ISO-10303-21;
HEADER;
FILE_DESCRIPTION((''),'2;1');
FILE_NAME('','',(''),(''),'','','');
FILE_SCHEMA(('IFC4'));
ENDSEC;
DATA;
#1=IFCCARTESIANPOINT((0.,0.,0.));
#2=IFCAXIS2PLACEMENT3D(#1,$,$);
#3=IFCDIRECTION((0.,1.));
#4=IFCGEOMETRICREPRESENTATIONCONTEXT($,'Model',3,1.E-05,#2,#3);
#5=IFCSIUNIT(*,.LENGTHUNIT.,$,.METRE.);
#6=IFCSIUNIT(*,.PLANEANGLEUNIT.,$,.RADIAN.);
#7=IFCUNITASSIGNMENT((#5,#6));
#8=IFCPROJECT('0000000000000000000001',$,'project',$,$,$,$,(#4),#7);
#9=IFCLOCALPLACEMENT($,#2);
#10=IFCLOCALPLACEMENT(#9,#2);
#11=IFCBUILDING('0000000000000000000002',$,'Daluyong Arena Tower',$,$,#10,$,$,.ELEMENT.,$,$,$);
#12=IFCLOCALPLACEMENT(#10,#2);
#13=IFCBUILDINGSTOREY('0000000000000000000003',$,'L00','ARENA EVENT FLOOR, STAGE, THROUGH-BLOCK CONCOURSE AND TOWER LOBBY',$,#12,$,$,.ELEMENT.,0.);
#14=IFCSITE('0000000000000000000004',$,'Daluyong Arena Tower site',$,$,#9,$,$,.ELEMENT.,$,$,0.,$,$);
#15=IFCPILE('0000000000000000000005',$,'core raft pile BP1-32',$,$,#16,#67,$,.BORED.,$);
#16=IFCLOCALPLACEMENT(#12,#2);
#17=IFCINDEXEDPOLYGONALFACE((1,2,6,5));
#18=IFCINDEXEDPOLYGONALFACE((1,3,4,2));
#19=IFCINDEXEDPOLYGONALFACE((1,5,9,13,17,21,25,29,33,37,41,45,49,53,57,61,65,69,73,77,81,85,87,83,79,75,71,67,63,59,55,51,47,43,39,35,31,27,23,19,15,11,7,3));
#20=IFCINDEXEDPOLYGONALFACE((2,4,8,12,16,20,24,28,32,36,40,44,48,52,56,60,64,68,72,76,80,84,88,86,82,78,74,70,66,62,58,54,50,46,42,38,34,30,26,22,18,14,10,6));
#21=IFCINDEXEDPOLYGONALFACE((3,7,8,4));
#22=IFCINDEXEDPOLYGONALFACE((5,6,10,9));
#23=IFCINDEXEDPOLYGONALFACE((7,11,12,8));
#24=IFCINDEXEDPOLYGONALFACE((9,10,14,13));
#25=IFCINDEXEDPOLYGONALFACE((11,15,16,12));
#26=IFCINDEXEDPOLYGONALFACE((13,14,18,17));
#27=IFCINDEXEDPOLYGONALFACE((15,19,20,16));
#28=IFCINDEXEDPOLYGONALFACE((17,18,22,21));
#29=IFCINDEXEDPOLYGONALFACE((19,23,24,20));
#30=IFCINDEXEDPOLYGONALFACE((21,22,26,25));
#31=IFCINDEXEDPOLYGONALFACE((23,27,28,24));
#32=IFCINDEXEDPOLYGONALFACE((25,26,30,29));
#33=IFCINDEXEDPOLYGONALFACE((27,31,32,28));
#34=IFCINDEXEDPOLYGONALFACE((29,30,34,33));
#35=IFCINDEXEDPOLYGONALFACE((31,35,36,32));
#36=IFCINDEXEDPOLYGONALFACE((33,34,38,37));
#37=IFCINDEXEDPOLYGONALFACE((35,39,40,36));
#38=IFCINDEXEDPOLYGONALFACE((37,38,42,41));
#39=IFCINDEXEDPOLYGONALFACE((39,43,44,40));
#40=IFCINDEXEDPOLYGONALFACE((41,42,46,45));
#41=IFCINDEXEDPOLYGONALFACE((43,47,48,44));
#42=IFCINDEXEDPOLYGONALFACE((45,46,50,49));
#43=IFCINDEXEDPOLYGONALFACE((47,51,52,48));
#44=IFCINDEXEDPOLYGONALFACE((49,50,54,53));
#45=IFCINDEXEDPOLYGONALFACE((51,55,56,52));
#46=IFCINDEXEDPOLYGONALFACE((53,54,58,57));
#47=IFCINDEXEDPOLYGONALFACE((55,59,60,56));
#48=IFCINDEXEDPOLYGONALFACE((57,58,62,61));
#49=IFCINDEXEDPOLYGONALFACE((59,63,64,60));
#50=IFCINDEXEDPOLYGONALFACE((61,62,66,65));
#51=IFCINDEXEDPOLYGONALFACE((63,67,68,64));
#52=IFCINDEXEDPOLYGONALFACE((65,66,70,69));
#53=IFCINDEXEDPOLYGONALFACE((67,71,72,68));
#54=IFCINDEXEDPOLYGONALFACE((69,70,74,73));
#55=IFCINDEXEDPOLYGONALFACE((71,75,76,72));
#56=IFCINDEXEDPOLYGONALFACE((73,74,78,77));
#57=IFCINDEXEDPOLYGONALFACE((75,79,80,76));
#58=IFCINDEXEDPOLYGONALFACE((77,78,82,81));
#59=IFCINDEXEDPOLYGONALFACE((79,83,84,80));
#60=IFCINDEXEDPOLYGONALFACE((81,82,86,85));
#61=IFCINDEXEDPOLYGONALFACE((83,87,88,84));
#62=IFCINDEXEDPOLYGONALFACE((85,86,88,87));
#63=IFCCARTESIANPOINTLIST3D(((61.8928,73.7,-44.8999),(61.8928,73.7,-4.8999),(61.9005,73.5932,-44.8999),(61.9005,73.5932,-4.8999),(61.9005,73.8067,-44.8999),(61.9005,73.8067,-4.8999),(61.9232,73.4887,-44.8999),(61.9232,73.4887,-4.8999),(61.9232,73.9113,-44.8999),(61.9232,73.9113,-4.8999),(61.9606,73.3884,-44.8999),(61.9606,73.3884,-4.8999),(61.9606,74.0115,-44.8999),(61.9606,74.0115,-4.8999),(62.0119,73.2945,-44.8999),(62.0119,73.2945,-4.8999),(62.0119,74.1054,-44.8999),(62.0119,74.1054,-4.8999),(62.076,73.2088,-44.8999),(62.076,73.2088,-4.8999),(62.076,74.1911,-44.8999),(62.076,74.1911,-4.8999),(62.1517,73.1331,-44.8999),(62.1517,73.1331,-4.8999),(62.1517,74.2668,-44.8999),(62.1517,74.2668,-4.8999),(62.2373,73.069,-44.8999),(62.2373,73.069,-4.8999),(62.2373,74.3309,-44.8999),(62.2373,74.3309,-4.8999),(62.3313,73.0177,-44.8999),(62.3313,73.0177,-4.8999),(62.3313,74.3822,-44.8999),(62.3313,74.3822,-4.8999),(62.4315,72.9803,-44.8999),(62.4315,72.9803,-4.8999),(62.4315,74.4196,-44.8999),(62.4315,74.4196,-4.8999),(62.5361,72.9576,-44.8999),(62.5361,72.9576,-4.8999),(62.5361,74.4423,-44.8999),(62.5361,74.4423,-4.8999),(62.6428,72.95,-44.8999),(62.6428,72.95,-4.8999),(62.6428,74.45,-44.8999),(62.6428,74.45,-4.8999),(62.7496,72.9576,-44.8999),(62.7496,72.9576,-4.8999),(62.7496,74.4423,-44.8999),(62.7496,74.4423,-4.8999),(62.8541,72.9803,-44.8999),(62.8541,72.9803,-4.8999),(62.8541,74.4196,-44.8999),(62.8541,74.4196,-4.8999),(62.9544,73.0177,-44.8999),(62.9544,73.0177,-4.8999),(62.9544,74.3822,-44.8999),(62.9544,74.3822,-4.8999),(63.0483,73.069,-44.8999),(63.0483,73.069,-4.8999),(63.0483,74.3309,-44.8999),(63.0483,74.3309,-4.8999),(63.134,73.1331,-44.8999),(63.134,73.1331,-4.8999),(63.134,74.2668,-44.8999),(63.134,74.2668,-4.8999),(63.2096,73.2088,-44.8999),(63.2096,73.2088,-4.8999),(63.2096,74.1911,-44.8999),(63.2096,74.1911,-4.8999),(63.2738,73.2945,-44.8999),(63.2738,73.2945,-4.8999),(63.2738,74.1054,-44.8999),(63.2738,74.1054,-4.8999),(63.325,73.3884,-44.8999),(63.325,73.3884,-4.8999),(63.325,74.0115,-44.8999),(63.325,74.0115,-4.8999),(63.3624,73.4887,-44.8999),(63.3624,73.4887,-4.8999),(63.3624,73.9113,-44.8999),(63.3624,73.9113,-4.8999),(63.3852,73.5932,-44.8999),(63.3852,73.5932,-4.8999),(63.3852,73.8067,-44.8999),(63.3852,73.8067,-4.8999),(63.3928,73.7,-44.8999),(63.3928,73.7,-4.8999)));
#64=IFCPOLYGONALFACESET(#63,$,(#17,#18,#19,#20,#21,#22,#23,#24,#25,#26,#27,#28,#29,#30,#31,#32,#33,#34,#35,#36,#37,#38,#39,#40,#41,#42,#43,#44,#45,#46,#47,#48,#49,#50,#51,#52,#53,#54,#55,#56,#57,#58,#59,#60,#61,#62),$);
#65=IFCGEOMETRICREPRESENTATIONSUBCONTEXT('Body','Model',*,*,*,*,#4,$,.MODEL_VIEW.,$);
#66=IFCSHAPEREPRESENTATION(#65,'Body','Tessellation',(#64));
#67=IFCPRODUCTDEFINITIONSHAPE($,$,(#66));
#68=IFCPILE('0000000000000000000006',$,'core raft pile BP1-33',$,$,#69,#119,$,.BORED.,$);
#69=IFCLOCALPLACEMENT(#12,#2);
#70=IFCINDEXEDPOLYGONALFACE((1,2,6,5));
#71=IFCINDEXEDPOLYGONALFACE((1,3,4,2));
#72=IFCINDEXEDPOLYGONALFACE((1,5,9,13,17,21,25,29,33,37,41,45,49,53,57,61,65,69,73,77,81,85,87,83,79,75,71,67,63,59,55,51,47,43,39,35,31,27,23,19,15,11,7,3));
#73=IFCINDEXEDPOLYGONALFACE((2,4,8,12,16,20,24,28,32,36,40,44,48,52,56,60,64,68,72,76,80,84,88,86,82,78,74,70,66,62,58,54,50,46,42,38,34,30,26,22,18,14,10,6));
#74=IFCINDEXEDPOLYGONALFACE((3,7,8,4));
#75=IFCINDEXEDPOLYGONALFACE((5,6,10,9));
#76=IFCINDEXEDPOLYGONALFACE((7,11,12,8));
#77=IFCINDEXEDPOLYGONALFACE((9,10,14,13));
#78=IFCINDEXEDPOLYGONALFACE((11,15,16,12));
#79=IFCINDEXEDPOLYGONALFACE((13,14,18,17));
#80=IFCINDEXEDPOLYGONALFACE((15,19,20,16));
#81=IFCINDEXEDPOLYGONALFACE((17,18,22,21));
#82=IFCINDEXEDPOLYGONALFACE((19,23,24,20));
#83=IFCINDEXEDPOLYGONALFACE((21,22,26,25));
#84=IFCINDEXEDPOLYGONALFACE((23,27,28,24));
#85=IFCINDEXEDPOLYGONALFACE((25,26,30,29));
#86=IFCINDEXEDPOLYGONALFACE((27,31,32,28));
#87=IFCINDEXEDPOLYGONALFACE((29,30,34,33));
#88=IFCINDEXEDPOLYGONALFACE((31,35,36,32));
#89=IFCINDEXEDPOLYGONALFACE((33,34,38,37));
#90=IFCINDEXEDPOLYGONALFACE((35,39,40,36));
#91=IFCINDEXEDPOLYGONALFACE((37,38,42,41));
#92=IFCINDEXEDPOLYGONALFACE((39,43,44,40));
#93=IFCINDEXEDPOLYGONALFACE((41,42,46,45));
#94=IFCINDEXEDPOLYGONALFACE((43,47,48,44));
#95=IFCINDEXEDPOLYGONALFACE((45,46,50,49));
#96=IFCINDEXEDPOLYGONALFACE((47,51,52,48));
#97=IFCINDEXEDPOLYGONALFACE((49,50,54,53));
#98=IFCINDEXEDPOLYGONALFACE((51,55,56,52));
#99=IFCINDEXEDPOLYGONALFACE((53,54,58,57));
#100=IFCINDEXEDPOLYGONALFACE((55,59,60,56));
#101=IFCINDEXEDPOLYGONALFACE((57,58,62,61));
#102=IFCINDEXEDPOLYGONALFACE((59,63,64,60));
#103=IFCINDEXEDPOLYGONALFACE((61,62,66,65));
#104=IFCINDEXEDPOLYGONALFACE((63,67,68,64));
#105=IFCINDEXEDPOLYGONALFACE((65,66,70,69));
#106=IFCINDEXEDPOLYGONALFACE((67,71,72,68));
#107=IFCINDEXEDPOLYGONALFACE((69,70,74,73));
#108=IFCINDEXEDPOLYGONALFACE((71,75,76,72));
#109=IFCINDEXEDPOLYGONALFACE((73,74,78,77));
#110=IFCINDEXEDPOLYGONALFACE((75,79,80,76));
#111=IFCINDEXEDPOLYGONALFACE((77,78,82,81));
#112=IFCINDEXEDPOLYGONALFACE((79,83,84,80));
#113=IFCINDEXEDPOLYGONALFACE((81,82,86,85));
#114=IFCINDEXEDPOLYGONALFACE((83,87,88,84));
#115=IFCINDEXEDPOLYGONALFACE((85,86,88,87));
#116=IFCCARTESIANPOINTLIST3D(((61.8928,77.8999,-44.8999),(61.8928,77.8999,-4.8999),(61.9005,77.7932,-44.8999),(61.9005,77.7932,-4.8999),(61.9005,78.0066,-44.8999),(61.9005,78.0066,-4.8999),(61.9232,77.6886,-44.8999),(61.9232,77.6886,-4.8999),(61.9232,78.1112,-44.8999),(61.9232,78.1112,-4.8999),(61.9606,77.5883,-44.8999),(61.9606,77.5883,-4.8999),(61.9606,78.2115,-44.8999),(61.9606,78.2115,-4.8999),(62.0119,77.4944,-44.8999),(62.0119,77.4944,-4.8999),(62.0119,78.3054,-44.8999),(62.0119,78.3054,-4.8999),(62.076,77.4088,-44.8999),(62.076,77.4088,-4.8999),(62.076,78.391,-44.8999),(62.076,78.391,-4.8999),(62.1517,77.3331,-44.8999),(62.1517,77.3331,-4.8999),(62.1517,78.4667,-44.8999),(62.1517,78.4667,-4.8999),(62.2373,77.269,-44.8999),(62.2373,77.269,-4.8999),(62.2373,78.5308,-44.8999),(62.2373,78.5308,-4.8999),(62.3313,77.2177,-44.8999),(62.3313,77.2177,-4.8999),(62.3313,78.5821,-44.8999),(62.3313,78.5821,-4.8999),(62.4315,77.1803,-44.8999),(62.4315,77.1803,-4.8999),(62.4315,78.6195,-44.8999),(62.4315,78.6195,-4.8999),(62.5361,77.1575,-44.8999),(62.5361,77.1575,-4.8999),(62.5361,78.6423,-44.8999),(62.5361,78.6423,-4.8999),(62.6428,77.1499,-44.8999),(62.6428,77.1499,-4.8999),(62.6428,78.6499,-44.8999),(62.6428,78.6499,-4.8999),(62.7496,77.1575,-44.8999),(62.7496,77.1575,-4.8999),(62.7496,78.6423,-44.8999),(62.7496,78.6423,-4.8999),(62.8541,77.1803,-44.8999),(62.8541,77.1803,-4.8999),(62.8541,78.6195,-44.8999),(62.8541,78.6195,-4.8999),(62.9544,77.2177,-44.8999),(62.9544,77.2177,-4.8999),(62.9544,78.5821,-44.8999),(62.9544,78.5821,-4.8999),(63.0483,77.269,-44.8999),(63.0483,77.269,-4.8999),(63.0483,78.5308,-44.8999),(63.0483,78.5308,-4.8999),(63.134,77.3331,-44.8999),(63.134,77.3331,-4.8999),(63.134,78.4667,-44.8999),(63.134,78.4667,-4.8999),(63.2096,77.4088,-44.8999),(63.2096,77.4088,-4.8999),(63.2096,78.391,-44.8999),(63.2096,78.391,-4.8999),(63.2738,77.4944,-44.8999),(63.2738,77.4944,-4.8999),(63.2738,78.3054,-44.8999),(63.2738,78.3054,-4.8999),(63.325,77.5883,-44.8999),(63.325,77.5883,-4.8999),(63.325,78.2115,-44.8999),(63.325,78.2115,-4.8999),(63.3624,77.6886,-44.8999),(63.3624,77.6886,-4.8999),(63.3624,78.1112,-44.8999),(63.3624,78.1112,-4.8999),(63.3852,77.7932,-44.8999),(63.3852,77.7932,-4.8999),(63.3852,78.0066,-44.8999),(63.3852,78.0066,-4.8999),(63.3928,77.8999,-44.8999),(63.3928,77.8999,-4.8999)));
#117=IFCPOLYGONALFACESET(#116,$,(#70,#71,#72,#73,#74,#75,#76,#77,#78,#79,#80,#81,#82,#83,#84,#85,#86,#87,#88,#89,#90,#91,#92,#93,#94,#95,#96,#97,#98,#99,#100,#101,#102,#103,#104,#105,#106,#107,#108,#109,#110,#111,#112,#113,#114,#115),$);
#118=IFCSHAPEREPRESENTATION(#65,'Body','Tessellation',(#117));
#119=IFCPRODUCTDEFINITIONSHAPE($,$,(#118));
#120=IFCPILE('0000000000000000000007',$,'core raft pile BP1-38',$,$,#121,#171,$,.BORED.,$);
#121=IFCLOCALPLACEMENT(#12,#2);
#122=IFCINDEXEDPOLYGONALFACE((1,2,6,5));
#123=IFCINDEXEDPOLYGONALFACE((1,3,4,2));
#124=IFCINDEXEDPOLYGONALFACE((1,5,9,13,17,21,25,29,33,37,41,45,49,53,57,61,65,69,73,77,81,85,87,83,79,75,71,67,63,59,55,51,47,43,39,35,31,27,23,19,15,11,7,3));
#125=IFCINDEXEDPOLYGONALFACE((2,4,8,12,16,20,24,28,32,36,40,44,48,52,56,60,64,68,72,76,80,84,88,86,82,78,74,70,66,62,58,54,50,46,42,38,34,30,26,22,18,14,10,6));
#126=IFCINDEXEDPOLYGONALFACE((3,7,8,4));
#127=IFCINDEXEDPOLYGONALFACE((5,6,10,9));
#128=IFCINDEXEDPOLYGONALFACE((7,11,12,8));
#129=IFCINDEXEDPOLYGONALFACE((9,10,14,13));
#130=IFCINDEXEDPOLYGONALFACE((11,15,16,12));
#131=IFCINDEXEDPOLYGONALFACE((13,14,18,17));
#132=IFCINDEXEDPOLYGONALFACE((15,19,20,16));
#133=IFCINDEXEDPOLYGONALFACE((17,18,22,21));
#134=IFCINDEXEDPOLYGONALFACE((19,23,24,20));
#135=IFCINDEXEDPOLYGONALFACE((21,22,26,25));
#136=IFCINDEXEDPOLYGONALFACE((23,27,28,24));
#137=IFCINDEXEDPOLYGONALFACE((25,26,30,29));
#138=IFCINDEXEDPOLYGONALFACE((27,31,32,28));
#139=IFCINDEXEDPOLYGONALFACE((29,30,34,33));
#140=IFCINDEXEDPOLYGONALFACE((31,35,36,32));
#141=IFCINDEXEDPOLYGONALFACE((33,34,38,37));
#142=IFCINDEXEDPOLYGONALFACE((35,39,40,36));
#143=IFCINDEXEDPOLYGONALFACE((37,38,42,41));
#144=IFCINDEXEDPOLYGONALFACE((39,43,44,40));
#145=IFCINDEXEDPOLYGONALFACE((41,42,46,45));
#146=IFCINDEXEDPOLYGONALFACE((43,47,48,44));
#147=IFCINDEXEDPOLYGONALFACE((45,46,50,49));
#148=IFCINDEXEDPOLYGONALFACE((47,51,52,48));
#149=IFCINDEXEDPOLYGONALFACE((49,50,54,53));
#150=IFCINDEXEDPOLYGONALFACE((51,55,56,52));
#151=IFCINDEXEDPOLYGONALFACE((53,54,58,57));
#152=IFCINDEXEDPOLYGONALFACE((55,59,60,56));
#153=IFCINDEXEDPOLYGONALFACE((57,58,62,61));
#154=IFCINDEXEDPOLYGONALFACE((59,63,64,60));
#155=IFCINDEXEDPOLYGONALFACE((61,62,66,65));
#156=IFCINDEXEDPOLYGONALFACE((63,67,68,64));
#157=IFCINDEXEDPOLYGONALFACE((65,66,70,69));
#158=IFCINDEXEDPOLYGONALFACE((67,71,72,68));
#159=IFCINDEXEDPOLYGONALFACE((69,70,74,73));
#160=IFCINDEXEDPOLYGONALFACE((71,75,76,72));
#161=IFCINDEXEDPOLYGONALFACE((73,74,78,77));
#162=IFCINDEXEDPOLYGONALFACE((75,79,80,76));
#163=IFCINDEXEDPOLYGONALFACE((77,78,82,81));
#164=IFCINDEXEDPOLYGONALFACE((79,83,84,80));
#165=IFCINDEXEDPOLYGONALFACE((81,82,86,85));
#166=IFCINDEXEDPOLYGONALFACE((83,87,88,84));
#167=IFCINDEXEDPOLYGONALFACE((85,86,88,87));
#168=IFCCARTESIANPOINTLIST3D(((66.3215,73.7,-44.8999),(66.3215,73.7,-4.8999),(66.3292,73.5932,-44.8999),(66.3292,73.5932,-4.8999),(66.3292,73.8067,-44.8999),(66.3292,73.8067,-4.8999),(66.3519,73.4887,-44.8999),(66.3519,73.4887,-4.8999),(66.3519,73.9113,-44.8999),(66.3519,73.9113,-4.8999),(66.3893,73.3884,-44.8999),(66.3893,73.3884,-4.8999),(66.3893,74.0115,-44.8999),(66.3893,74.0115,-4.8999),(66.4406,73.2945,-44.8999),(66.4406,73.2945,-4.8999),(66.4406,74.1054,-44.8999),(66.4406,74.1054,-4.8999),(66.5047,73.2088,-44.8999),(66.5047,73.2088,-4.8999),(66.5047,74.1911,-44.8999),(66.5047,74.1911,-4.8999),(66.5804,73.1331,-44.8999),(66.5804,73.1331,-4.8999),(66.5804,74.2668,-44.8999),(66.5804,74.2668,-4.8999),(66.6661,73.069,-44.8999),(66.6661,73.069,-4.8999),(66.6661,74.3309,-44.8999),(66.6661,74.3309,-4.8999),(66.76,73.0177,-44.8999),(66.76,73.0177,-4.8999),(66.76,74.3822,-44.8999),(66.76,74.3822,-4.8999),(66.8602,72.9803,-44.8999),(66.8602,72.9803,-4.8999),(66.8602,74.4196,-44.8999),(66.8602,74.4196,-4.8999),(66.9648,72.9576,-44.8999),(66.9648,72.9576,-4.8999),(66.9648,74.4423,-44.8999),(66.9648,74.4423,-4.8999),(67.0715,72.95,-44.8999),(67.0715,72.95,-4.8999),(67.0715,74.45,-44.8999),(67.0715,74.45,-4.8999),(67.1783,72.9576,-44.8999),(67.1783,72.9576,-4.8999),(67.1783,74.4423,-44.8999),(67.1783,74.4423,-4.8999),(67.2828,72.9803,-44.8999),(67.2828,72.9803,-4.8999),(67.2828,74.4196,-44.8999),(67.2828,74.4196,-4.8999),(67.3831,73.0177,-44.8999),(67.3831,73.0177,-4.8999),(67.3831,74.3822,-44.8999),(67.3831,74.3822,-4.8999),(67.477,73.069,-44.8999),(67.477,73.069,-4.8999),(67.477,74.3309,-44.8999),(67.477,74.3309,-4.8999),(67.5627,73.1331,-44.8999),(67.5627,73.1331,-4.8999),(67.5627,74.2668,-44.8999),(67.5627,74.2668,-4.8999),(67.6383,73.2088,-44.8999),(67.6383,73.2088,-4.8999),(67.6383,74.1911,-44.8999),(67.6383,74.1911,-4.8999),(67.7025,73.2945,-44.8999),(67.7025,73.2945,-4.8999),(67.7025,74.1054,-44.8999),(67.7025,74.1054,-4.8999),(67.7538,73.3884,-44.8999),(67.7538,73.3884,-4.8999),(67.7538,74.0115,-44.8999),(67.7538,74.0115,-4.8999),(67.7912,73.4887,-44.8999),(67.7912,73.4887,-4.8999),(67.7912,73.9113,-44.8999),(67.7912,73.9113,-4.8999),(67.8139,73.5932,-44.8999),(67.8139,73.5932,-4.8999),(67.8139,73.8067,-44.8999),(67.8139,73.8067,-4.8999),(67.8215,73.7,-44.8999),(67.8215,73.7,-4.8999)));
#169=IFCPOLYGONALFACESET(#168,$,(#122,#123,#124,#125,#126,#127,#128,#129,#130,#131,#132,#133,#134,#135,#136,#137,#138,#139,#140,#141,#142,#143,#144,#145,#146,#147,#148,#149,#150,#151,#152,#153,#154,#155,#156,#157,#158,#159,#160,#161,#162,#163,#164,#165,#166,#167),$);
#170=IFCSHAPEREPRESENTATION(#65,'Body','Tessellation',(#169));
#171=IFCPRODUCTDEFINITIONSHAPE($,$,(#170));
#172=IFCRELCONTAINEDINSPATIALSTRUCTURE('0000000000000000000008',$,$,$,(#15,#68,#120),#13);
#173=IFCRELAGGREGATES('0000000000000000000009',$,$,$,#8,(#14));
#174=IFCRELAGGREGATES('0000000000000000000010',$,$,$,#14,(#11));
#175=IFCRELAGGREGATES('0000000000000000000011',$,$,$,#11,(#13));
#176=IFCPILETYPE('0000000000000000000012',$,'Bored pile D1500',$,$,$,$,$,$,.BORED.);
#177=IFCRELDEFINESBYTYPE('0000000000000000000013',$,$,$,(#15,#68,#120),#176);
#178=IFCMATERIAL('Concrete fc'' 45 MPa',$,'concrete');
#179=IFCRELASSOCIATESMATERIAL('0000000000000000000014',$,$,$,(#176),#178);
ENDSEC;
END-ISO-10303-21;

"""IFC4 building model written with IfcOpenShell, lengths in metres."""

from ifc_helpers import new_model, si_unit, direction, frame, origin, origin_2d, place, context, subcontext, project, spatial, circle, extrude, material, type_object, element, save


model = new_model("IFC4")

# Units and contexts
model_context = context("Model", 3, precision=1e-05, world=origin(), true_north=direction((0.0, 1.0)))
body_context = subcontext(model_context, "Body", "Model", "MODEL_VIEW")
ifc_project = project(units=[si_unit("LENGTHUNIT", "METRE"), si_unit("PLANEANGLEUNIT", "RADIAN")], contexts=[model_context])

# Site, building, storey
site_placement = place(None, origin())
site = spatial("IfcSite", under=ifc_project, at=site_placement, Name="Daluyong Arena Tower site", CompositionType="ELEMENT", RefElevation=0.0)
building_placement = place(site_placement, origin())
building = spatial("IfcBuilding", under=site, at=building_placement, Name="Daluyong Arena Tower", CompositionType="ELEMENT")
storey_placement = place(building_placement, origin())
storey = spatial("IfcBuildingStorey", under=building, at=storey_placement, Name="L00", Description="ARENA EVENT FLOOR, STAGE, THROUGH-BLOCK CONCOURSE AND TOWER LOBBY", CompositionType="ELEMENT", Elevation=0.0)

# Piles
ifc_material_1 = material(Name="Concrete fc' 45 MPa", Category="concrete")
pile_type = type_object("IfcPileType", Name="Bored pile D1500", PredefinedType="BORED", material=ifc_material_1)
for number, where, z_axis, x_axis, name in (
    (1, (62.6428, 73.7, -4.8999), (0.0, 0.0, -1.0), (1.0, 0.0, 0.0), "core raft pile BP1-32"),
    (2, (62.6428, 77.8999, -4.8999), (0.0, 0.0, -1.0), (1.0, 0.0, 0.0), "core raft pile BP1-33"),
    (3, (67.0715, 73.7, -4.8999), (0.0, 0.0, -1.0), (1.0, 0.0, 0.0), "core raft pile BP1-38"),
):
    element("IfcPile", number, at=place(storey_placement, frame(where, z_axis=z_axis, x_axis=x_axis)), inside=storey, type_object=pile_type, Name=name, PredefinedType="BORED", context=body_context, shape_type="SweptSolid", body=[
        extrude(circle(Radius=0.75, at=origin_2d()), origin(), (0.0, 0.0, 1.0), 40.0),
    ])

save(model, "model.ifc")
